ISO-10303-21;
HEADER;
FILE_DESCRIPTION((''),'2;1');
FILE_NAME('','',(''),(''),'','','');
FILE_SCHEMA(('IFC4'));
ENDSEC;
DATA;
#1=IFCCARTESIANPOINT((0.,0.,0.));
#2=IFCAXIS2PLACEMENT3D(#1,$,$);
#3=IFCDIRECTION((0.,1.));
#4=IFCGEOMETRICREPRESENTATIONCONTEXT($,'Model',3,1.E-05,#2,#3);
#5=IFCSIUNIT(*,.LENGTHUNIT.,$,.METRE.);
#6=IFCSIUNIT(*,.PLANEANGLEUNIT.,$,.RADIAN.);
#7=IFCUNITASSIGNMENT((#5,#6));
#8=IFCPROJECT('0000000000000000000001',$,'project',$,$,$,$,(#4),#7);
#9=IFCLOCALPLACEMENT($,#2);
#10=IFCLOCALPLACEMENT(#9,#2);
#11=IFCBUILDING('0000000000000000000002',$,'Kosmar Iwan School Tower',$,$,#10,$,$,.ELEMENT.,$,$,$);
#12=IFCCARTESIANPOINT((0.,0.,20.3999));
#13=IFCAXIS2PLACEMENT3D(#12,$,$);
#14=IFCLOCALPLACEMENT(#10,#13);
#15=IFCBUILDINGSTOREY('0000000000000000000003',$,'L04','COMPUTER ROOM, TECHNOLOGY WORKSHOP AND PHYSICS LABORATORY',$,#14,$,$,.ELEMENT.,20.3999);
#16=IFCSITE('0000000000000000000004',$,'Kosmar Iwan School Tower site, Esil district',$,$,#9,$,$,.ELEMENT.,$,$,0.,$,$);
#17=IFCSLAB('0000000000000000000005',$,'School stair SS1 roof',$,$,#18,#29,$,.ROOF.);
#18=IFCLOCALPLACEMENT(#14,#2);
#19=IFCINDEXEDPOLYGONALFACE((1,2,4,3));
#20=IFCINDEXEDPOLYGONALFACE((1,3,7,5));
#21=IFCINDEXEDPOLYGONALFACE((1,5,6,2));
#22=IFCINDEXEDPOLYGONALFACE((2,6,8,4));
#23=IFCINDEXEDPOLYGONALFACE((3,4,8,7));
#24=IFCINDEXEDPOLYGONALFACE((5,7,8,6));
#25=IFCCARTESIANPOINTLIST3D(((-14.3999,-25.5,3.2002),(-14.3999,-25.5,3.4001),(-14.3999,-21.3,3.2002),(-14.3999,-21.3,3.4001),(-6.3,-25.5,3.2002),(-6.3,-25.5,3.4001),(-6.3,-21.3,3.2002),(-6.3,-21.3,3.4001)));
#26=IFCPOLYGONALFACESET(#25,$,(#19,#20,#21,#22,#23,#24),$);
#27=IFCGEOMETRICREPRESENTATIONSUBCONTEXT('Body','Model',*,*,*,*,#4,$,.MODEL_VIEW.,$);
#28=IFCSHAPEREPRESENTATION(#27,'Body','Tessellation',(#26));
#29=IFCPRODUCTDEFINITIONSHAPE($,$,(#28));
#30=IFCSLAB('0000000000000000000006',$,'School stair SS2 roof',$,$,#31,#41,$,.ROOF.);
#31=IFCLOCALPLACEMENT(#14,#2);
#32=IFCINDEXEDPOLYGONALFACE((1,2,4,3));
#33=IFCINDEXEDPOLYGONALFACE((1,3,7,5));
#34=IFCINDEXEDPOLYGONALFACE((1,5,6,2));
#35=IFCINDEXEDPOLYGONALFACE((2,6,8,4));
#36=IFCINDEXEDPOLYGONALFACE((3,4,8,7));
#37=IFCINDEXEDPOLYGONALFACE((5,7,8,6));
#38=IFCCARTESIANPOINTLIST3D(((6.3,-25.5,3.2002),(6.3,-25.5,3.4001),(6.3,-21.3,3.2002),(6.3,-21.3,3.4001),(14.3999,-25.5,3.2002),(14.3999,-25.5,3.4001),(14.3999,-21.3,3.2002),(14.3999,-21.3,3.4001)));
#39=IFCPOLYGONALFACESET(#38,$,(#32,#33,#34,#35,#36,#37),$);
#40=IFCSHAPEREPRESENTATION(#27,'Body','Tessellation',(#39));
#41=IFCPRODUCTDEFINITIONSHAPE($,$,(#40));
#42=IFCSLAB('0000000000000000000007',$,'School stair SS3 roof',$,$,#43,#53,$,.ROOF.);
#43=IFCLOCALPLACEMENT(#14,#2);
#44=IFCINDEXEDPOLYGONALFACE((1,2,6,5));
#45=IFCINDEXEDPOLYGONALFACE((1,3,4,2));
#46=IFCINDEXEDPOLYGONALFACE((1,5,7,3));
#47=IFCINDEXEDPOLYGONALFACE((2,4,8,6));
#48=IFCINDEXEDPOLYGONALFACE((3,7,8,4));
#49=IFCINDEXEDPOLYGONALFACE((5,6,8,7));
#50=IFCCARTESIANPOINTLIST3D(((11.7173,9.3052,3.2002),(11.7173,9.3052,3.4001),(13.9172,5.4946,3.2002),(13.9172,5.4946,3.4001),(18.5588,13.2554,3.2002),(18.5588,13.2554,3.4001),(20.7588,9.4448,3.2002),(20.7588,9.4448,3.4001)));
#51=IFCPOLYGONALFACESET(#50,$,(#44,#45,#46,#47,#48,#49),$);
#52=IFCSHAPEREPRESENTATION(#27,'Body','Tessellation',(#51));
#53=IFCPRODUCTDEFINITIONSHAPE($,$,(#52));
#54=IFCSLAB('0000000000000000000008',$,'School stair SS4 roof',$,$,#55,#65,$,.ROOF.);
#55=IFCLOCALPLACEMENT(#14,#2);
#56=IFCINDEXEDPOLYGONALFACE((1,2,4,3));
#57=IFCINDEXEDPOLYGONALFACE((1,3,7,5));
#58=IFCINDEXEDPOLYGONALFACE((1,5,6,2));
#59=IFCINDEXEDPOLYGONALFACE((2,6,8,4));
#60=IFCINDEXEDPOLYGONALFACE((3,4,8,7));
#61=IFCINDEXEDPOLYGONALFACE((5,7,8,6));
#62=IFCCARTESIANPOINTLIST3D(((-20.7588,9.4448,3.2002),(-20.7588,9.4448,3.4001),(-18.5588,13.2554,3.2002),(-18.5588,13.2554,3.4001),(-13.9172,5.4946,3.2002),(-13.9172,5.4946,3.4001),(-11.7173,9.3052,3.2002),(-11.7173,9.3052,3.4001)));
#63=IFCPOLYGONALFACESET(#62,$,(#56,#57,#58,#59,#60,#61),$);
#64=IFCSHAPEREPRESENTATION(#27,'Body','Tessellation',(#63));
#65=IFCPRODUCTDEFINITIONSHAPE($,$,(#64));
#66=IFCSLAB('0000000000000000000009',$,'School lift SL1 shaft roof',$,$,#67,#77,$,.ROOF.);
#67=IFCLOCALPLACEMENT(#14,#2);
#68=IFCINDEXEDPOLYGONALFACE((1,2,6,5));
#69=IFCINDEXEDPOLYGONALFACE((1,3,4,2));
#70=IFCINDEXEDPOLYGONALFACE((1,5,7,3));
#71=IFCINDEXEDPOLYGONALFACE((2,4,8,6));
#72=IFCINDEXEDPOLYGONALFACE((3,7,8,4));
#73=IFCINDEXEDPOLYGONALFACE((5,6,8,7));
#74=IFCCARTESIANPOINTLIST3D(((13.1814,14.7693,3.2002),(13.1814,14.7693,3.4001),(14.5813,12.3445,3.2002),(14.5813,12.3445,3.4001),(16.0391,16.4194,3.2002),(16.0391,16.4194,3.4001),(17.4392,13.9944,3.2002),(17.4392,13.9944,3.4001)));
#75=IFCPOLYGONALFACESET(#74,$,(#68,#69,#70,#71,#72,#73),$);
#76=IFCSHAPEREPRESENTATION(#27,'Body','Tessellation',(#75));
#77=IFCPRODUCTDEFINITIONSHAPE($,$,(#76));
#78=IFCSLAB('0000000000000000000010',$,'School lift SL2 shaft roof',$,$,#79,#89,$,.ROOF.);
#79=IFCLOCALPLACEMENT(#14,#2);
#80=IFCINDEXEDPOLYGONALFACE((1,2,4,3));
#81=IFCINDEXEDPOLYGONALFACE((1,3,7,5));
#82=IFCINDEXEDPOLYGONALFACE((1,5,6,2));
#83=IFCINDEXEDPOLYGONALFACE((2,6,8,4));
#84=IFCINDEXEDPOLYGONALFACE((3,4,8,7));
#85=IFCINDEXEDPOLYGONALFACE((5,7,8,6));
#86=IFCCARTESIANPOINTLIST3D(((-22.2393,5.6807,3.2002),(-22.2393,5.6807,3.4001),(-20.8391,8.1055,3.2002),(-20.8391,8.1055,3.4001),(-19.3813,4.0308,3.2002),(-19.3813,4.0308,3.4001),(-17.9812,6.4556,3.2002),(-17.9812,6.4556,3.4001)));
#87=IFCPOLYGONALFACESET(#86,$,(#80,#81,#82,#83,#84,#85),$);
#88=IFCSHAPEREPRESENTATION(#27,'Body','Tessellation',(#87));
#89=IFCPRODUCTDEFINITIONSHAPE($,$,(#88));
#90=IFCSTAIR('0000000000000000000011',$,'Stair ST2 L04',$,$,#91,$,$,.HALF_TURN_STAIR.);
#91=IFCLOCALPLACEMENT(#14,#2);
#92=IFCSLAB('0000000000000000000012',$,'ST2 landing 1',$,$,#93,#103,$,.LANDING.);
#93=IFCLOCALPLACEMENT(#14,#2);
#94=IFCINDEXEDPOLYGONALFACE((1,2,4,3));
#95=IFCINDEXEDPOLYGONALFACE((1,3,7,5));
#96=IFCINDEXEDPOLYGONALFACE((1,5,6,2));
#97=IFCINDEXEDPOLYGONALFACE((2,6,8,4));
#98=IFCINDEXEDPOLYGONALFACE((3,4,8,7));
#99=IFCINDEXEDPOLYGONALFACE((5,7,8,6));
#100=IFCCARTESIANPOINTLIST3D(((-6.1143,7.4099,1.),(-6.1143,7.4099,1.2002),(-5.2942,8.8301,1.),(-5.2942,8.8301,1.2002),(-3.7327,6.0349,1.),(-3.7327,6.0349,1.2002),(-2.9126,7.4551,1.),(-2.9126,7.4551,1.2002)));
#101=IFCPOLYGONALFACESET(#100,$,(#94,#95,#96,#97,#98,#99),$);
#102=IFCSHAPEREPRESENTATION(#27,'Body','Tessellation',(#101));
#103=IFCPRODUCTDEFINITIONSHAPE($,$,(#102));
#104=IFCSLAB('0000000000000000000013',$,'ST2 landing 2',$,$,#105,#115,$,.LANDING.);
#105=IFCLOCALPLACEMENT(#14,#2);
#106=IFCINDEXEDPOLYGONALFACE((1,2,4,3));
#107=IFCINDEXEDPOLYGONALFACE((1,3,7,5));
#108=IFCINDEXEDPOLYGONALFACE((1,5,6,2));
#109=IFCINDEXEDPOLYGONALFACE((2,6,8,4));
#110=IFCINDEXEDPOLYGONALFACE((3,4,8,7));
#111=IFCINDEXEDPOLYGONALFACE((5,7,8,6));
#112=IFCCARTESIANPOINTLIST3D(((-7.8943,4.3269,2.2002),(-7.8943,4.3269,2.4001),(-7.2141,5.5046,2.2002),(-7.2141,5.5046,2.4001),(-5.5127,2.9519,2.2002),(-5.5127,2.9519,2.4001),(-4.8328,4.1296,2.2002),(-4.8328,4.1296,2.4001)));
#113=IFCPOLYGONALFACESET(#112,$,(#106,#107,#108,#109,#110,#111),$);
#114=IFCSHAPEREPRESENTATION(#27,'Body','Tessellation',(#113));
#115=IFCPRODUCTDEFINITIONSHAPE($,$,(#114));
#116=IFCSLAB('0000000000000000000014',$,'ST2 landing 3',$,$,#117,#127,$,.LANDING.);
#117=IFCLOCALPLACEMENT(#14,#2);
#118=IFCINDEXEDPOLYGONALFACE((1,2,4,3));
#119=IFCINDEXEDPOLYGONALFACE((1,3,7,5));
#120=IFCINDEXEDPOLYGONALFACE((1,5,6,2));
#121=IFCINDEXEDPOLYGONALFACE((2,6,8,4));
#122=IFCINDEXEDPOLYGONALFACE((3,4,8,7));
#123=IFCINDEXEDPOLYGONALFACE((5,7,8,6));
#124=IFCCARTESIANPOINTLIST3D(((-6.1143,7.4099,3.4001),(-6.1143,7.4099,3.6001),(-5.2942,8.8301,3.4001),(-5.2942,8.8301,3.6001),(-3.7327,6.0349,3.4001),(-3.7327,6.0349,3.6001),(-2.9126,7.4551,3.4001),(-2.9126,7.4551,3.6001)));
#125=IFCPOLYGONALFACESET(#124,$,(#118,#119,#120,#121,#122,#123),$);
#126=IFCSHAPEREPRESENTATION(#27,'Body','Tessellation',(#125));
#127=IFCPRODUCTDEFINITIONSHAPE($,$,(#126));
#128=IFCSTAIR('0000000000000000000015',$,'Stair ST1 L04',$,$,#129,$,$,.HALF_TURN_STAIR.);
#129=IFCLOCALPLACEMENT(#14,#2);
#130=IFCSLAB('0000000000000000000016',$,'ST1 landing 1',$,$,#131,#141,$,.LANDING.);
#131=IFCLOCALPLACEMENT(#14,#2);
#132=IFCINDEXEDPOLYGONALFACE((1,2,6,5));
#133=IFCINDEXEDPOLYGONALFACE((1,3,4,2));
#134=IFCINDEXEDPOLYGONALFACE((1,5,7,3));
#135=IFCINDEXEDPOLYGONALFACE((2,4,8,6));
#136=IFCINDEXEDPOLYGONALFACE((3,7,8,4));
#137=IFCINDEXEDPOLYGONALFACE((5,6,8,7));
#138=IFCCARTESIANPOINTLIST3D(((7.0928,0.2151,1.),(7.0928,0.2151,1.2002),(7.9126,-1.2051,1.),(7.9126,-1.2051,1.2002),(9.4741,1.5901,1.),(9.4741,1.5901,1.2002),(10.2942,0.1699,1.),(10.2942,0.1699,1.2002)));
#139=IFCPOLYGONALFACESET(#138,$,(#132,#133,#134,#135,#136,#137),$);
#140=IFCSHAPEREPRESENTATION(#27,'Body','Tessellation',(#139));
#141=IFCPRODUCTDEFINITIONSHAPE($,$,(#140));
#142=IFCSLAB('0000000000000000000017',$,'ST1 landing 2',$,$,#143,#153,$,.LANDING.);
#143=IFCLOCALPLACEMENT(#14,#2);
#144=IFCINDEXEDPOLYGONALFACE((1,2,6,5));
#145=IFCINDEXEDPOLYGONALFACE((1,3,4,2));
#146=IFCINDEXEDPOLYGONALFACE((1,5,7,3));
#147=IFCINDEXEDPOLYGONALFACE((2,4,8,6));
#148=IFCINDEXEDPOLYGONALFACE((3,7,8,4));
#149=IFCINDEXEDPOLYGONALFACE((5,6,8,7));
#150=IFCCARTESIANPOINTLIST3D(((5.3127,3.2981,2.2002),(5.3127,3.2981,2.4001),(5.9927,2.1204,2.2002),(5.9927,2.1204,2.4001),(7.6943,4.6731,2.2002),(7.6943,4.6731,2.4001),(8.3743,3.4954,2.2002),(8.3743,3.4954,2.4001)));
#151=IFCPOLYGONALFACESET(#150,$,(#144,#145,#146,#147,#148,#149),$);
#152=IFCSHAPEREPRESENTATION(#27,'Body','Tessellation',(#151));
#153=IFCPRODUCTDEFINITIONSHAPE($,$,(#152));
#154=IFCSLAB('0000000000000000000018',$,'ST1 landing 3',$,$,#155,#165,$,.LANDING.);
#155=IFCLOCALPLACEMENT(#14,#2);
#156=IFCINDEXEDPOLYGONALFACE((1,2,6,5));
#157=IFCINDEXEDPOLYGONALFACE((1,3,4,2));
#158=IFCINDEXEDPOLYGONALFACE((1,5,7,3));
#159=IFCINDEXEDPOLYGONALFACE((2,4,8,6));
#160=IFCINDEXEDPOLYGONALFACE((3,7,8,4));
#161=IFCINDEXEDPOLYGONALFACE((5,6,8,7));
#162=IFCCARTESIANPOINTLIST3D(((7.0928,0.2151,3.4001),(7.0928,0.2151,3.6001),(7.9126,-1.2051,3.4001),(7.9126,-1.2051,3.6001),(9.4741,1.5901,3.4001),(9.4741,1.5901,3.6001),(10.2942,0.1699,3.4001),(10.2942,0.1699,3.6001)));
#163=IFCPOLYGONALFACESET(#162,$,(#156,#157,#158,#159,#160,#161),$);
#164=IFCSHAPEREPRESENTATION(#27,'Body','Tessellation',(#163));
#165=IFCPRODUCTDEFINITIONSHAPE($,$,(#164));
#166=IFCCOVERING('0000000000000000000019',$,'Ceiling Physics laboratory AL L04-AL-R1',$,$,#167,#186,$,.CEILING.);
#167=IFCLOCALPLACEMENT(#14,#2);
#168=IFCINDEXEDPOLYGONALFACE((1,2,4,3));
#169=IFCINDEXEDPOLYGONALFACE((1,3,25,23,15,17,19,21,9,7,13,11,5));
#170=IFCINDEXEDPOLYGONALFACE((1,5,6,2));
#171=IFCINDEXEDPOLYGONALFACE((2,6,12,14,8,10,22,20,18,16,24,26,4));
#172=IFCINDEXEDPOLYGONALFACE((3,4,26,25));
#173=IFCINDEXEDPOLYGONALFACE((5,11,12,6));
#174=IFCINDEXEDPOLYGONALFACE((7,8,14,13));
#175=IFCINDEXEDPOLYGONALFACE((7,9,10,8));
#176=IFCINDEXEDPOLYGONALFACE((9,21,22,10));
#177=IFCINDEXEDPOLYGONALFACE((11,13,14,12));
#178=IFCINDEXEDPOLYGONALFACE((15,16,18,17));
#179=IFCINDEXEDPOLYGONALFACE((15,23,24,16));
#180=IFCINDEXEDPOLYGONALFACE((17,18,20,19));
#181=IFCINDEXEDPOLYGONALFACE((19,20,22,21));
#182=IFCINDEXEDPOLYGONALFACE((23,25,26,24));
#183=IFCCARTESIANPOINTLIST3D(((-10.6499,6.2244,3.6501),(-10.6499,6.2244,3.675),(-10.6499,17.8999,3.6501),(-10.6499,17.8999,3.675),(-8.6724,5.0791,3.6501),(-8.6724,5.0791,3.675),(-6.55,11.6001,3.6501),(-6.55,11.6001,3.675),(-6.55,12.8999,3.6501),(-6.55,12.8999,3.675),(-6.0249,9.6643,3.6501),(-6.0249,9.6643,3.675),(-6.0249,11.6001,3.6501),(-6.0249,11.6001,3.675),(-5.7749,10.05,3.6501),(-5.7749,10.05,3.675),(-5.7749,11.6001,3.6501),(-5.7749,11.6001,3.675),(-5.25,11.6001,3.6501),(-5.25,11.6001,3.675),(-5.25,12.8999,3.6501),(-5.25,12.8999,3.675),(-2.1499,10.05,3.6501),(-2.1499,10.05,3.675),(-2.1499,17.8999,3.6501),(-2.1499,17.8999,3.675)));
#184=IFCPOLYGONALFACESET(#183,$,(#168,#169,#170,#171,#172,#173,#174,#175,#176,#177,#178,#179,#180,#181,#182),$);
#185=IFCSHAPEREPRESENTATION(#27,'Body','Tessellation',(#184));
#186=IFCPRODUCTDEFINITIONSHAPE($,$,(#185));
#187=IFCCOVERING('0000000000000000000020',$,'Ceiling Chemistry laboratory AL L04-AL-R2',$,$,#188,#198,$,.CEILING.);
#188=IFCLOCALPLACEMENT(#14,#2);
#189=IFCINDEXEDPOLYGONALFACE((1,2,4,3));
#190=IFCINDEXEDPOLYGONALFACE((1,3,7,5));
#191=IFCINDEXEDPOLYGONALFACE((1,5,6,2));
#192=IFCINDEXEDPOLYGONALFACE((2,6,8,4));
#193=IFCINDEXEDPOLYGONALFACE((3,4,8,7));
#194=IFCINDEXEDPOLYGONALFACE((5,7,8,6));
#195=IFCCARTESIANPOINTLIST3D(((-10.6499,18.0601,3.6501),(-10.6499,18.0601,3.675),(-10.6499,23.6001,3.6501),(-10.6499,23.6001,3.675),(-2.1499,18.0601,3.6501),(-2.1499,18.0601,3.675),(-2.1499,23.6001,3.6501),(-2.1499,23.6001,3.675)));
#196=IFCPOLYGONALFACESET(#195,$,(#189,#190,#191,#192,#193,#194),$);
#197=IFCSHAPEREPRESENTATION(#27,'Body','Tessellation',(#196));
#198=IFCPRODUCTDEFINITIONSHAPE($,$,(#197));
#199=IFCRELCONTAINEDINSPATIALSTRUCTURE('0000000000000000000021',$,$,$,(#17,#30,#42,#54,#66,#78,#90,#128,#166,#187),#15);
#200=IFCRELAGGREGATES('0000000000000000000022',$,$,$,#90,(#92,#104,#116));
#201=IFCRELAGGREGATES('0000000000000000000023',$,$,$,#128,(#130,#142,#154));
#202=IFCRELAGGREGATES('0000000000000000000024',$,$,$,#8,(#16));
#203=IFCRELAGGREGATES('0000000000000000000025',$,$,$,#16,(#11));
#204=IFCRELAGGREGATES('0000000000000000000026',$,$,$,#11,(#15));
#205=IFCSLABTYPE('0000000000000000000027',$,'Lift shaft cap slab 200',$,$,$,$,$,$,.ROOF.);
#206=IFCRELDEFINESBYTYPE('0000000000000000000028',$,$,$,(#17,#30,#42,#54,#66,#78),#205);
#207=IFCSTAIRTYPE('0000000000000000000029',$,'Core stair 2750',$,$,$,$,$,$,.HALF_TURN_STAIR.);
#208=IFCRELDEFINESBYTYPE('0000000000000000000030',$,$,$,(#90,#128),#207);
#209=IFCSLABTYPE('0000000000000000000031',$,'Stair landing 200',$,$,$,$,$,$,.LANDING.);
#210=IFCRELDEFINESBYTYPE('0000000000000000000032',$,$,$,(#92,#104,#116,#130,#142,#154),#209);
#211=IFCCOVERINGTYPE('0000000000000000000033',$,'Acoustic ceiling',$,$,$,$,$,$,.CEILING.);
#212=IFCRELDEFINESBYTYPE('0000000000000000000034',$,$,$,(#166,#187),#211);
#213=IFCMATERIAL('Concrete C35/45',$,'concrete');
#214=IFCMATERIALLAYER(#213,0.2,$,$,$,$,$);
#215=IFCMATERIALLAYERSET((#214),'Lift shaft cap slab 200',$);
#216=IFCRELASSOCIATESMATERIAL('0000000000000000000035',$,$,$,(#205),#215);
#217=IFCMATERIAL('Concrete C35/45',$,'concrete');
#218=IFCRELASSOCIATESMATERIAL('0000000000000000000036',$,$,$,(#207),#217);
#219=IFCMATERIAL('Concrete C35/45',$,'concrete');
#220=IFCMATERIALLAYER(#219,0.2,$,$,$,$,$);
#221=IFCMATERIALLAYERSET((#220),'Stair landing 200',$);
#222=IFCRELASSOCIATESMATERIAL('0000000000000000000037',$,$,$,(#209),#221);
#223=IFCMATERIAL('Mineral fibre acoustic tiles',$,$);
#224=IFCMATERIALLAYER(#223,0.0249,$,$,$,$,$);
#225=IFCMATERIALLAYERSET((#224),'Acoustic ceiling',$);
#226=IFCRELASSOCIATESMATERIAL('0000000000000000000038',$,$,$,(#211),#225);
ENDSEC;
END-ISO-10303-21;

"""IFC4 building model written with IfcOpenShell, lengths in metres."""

from ifc_helpers import new_model, si_unit, direction, frame, origin, place, context, subcontext, project, spatial, polyline, outline, extrude, material, layer, layer_set, type_object, element, aggregate, save


model = new_model("IFC4")

# Units and contexts
model_context = context("Model", 3, precision=1e-05, world=origin(), true_north=direction((0.0, 1.0)))
body_context = subcontext(model_context, "Body", "Model", "MODEL_VIEW")
ifc_project = project(units=[si_unit("LENGTHUNIT", "METRE"), si_unit("PLANEANGLEUNIT", "RADIAN")], contexts=[model_context])

# Site, building, storey
site_placement = place(None, origin())
site = spatial("IfcSite", under=ifc_project, at=site_placement, Name="Kosmar Iwan School Tower site, Esil district", CompositionType="ELEMENT", RefElevation=0.0)
building_placement = place(site_placement, origin())
building = spatial("IfcBuilding", under=site, at=building_placement, Name="Kosmar Iwan School Tower", CompositionType="ELEMENT")
storey_placement = place(building_placement, frame((0.0, 0.0, 20.3999)))
storey = spatial("IfcBuildingStorey", under=building, at=storey_placement, Name="L04", Description="COMPUTER ROOM, TECHNOLOGY WORKSHOP AND PHYSICS LABORATORY", CompositionType="ELEMENT", Elevation=20.3999)

# Slabs
ifc_material_1 = material(Name="Concrete C35/45", Category="concrete")
ifc_layer_1 = layer(ifc_material_1, 0.2)
ifc_layer_set_1 = layer_set([ifc_layer_1], Name="Lift shaft cap slab 200")
slab_type_1 = type_object("IfcSlabType", Name="Lift shaft cap slab 200", PredefinedType="ROOF", material=ifc_layer_set_1)
slab_1_placement = place(storey_placement, frame((0.0, 0.0, 3.2002)))
element("IfcSlab", 1, at=slab_1_placement, inside=storey, type_object=slab_type_1, Name="School stair SS1 roof", PredefinedType="ROOF", context=body_context, shape_type="SweptSolid", body=[
    extrude(outline(polyline([(-14.3999, -21.3), (-14.3999, -25.5), (-6.3, -25.5), (-6.3, -21.3), (-14.3999, -21.3)])), origin(), (0.0, 0.0, 1.0), 0.2),
])
slab_2_placement = place(storey_placement, frame((0.0, 0.0, 3.2002)))
element("IfcSlab", 2, at=slab_2_placement, inside=storey, type_object=slab_type_1, Name="School stair SS2 roof", PredefinedType="ROOF", context=body_context, shape_type="SweptSolid", body=[
    extrude(outline(polyline([(6.3, -21.3), (6.3, -25.5), (14.3999, -25.5), (14.3999, -21.3), (6.3, -21.3)])), origin(), (0.0, 0.0, 1.0), 0.2),
])
slab_3_placement = place(storey_placement, frame((0.0, 0.0, 3.2002)))
element("IfcSlab", 3, at=slab_3_placement, inside=storey, type_object=slab_type_1, Name="School stair SS3 roof", PredefinedType="ROOF", context=body_context, shape_type="SweptSolid", body=[
    extrude(outline(polyline([(13.9172, 5.4946), (20.7588, 9.4448), (18.5588, 13.2554), (11.7173, 9.3052), (13.9172, 5.4946)])), origin(), (0.0, 0.0, 1.0), 0.2),
])
slab_4_placement = place(storey_placement, frame((0.0, 0.0, 3.2002)))
element("IfcSlab", 4, at=slab_4_placement, inside=storey, type_object=slab_type_1, Name="School stair SS4 roof", PredefinedType="ROOF", context=body_context, shape_type="SweptSolid", body=[
    extrude(outline(polyline([(-11.7173, 9.3052), (-18.5588, 13.2554), (-20.7588, 9.4448), (-13.9172, 5.4946), (-11.7173, 9.3052)])), origin(), (0.0, 0.0, 1.0), 0.2),
])
slab_5_placement = place(storey_placement, frame((0.0, 0.0, 3.2002)))
element("IfcSlab", 5, at=slab_5_placement, inside=storey, type_object=slab_type_1, Name="School lift SL1 shaft roof", PredefinedType="ROOF", context=body_context, shape_type="SweptSolid", body=[
    extrude(outline(polyline([(14.5813, 12.3445), (17.4392, 13.9944), (16.0391, 16.4194), (13.1814, 14.7693), (14.5813, 12.3445)])), origin(), (0.0, 0.0, 1.0), 0.2),
])
slab_6_placement = place(storey_placement, frame((0.0, 0.0, 3.2002)))
element("IfcSlab", 6, at=slab_6_placement, inside=storey, type_object=slab_type_1, Name="School lift SL2 shaft roof", PredefinedType="ROOF", context=body_context, shape_type="SweptSolid", body=[
    extrude(outline(polyline([(-17.9812, 6.4556), (-20.8391, 8.1055), (-22.2393, 5.6807), (-19.3813, 4.0308), (-17.9812, 6.4556)])), origin(), (0.0, 0.0, 1.0), 0.2),
])

# Stairs, slabs
ifc_material_2 = material(Name="Concrete C35/45", Category="concrete")
stair_type_1 = type_object("IfcStairType", Name="Core stair 2750", PredefinedType="HALF_TURN_STAIR", material=ifc_material_2)
stair_1_placement = place(storey_placement, origin())
stair_1 = element("IfcStair", 7, at=stair_1_placement, inside=storey, type_object=stair_type_1, Name="Stair ST2 L04", PredefinedType="HALF_TURN_STAIR")
ifc_material_3 = material(Name="Concrete C35/45", Category="concrete")
ifc_layer_2 = layer(ifc_material_3, 0.2)
ifc_layer_set_2 = layer_set([ifc_layer_2], Name="Stair landing 200")
slab_type_2 = type_object("IfcSlabType", Name="Stair landing 200", PredefinedType="LANDING", material=ifc_layer_set_2)
slab_7_placement = place(storey_placement, frame((0.0, 0.0, 1.0)))
slab_7 = element("IfcSlab", 8, at=slab_7_placement, type_object=slab_type_2, Name="ST2 landing 1", PredefinedType="LANDING", context=body_context, shape_type="SweptSolid", body=[
    extrude(outline(polyline([(-2.9126, 7.4551), (-5.2942, 8.8301), (-6.1143, 7.4099), (-3.7327, 6.0349), (-2.9126, 7.4551)])), origin(), (0.0, 0.0, 1.0), 0.2002),
])
slab_8_placement = place(storey_placement, frame((0.0, 0.0, 2.2002)))
slab_8 = element("IfcSlab", 9, at=slab_8_placement, type_object=slab_type_2, Name="ST2 landing 2", PredefinedType="LANDING", context=body_context, shape_type="SweptSolid", body=[
    extrude(outline(polyline([(-4.8328, 4.1296), (-7.2141, 5.5046), (-7.8943, 4.3269), (-5.5127, 2.9519), (-4.8328, 4.1296)])), origin(), (0.0, 0.0, 1.0), 0.2),
])
slab_9_placement = place(storey_placement, frame((0.0, 0.0, 3.4001)))
slab_9 = element("IfcSlab", 10, at=slab_9_placement, type_object=slab_type_2, Name="ST2 landing 3", PredefinedType="LANDING", context=body_context, shape_type="SweptSolid", body=[
    extrude(outline(polyline([(-2.9126, 7.4551), (-5.2942, 8.8301), (-6.1143, 7.4099), (-3.7327, 6.0349), (-2.9126, 7.4551)])), origin(), (0.0, 0.0, 1.0), 0.2),
])
aggregate(stair_1, [slab_7, slab_8, slab_9])
stair_2_placement = place(storey_placement, origin())
stair_2 = element("IfcStair", 11, at=stair_2_placement, inside=storey, type_object=stair_type_1, Name="Stair ST1 L04", PredefinedType="HALF_TURN_STAIR")
slab_10_placement = place(storey_placement, frame((0.0, 0.0, 1.0)))
slab_10 = element("IfcSlab", 12, at=slab_10_placement, type_object=slab_type_2, Name="ST1 landing 1", PredefinedType="LANDING", context=body_context, shape_type="SweptSolid", body=[
    extrude(outline(polyline([(7.9126, -1.2051), (10.2942, 0.1699), (9.4741, 1.5901), (7.0928, 0.2151), (7.9126, -1.2051)])), origin(), (0.0, 0.0, 1.0), 0.2002),
])
slab_11_placement = place(storey_placement, frame((0.0, 0.0, 2.2002)))
slab_11 = element("IfcSlab", 13, at=slab_11_placement, type_object=slab_type_2, Name="ST1 landing 2", PredefinedType="LANDING", context=body_context, shape_type="SweptSolid", body=[
    extrude(outline(polyline([(5.9927, 2.1204), (8.3743, 3.4954), (7.6943, 4.6731), (5.3127, 3.2981), (5.9927, 2.1204)])), origin(), (0.0, 0.0, 1.0), 0.2),
])
slab_12_placement = place(storey_placement, frame((0.0, 0.0, 3.4001)))
slab_12 = element("IfcSlab", 14, at=slab_12_placement, type_object=slab_type_2, Name="ST1 landing 3", PredefinedType="LANDING", context=body_context, shape_type="SweptSolid", body=[
    extrude(outline(polyline([(7.9126, -1.2051), (10.2942, 0.1699), (9.4741, 1.5901), (7.0928, 0.2151), (7.9126, -1.2051)])), origin(), (0.0, 0.0, 1.0), 0.2),
])
aggregate(stair_2, [slab_10, slab_11, slab_12])

# Coverings
ifc_material_4 = material(Name="Mineral fibre acoustic tiles")
ifc_layer_3 = layer(ifc_material_4, 0.0249)
ifc_layer_set_3 = layer_set([ifc_layer_3], Name="Acoustic ceiling")
covering_type_1 = type_object("IfcCoveringType", Name="Acoustic ceiling", PredefinedType="CEILING", material=ifc_layer_set_3)
covering_1_placement = place(storey_placement, frame((0.0, 0.0, 3.6501)))
element("IfcCovering", 15, at=covering_1_placement, inside=storey, type_object=covering_type_1, Name="Ceiling Physics laboratory AL L04-AL-R1", PredefinedType="CEILING", context=body_context, shape_type="SweptSolid", body=[
    extrude(outline(polyline([(-8.6724, 5.0791), (-6.0249, 9.6643), (-6.0249, 11.6001), (-6.55, 11.6001), (-6.55, 12.8999), (-5.25, 12.8999), (-5.25, 11.6001), (-5.7749, 11.6001), (-5.7749, 10.05), (-2.1499, 10.05), (-2.1499, 17.8999), (-10.6499, 17.8999), (-10.6499, 6.2244), (-8.6724, 5.0791)])), origin(), (0.0, 0.0, 1.0), 0.0249),
])
covering_2_placement = place(storey_placement, frame((0.0, 0.0, 3.6501)))
element("IfcCovering", 16, at=covering_2_placement, inside=storey, type_object=covering_type_1, Name="Ceiling Chemistry laboratory AL L04-AL-R2", PredefinedType="CEILING", context=body_context, shape_type="SweptSolid", body=[
    extrude(outline(polyline([(-10.6499, 18.0601), (-2.1499, 18.0601), (-2.1499, 23.6001), (-10.6499, 23.6001), (-10.6499, 18.0601)])), origin(), (0.0, 0.0, 1.0), 0.0249),
])

save(model, "model.ifc")
